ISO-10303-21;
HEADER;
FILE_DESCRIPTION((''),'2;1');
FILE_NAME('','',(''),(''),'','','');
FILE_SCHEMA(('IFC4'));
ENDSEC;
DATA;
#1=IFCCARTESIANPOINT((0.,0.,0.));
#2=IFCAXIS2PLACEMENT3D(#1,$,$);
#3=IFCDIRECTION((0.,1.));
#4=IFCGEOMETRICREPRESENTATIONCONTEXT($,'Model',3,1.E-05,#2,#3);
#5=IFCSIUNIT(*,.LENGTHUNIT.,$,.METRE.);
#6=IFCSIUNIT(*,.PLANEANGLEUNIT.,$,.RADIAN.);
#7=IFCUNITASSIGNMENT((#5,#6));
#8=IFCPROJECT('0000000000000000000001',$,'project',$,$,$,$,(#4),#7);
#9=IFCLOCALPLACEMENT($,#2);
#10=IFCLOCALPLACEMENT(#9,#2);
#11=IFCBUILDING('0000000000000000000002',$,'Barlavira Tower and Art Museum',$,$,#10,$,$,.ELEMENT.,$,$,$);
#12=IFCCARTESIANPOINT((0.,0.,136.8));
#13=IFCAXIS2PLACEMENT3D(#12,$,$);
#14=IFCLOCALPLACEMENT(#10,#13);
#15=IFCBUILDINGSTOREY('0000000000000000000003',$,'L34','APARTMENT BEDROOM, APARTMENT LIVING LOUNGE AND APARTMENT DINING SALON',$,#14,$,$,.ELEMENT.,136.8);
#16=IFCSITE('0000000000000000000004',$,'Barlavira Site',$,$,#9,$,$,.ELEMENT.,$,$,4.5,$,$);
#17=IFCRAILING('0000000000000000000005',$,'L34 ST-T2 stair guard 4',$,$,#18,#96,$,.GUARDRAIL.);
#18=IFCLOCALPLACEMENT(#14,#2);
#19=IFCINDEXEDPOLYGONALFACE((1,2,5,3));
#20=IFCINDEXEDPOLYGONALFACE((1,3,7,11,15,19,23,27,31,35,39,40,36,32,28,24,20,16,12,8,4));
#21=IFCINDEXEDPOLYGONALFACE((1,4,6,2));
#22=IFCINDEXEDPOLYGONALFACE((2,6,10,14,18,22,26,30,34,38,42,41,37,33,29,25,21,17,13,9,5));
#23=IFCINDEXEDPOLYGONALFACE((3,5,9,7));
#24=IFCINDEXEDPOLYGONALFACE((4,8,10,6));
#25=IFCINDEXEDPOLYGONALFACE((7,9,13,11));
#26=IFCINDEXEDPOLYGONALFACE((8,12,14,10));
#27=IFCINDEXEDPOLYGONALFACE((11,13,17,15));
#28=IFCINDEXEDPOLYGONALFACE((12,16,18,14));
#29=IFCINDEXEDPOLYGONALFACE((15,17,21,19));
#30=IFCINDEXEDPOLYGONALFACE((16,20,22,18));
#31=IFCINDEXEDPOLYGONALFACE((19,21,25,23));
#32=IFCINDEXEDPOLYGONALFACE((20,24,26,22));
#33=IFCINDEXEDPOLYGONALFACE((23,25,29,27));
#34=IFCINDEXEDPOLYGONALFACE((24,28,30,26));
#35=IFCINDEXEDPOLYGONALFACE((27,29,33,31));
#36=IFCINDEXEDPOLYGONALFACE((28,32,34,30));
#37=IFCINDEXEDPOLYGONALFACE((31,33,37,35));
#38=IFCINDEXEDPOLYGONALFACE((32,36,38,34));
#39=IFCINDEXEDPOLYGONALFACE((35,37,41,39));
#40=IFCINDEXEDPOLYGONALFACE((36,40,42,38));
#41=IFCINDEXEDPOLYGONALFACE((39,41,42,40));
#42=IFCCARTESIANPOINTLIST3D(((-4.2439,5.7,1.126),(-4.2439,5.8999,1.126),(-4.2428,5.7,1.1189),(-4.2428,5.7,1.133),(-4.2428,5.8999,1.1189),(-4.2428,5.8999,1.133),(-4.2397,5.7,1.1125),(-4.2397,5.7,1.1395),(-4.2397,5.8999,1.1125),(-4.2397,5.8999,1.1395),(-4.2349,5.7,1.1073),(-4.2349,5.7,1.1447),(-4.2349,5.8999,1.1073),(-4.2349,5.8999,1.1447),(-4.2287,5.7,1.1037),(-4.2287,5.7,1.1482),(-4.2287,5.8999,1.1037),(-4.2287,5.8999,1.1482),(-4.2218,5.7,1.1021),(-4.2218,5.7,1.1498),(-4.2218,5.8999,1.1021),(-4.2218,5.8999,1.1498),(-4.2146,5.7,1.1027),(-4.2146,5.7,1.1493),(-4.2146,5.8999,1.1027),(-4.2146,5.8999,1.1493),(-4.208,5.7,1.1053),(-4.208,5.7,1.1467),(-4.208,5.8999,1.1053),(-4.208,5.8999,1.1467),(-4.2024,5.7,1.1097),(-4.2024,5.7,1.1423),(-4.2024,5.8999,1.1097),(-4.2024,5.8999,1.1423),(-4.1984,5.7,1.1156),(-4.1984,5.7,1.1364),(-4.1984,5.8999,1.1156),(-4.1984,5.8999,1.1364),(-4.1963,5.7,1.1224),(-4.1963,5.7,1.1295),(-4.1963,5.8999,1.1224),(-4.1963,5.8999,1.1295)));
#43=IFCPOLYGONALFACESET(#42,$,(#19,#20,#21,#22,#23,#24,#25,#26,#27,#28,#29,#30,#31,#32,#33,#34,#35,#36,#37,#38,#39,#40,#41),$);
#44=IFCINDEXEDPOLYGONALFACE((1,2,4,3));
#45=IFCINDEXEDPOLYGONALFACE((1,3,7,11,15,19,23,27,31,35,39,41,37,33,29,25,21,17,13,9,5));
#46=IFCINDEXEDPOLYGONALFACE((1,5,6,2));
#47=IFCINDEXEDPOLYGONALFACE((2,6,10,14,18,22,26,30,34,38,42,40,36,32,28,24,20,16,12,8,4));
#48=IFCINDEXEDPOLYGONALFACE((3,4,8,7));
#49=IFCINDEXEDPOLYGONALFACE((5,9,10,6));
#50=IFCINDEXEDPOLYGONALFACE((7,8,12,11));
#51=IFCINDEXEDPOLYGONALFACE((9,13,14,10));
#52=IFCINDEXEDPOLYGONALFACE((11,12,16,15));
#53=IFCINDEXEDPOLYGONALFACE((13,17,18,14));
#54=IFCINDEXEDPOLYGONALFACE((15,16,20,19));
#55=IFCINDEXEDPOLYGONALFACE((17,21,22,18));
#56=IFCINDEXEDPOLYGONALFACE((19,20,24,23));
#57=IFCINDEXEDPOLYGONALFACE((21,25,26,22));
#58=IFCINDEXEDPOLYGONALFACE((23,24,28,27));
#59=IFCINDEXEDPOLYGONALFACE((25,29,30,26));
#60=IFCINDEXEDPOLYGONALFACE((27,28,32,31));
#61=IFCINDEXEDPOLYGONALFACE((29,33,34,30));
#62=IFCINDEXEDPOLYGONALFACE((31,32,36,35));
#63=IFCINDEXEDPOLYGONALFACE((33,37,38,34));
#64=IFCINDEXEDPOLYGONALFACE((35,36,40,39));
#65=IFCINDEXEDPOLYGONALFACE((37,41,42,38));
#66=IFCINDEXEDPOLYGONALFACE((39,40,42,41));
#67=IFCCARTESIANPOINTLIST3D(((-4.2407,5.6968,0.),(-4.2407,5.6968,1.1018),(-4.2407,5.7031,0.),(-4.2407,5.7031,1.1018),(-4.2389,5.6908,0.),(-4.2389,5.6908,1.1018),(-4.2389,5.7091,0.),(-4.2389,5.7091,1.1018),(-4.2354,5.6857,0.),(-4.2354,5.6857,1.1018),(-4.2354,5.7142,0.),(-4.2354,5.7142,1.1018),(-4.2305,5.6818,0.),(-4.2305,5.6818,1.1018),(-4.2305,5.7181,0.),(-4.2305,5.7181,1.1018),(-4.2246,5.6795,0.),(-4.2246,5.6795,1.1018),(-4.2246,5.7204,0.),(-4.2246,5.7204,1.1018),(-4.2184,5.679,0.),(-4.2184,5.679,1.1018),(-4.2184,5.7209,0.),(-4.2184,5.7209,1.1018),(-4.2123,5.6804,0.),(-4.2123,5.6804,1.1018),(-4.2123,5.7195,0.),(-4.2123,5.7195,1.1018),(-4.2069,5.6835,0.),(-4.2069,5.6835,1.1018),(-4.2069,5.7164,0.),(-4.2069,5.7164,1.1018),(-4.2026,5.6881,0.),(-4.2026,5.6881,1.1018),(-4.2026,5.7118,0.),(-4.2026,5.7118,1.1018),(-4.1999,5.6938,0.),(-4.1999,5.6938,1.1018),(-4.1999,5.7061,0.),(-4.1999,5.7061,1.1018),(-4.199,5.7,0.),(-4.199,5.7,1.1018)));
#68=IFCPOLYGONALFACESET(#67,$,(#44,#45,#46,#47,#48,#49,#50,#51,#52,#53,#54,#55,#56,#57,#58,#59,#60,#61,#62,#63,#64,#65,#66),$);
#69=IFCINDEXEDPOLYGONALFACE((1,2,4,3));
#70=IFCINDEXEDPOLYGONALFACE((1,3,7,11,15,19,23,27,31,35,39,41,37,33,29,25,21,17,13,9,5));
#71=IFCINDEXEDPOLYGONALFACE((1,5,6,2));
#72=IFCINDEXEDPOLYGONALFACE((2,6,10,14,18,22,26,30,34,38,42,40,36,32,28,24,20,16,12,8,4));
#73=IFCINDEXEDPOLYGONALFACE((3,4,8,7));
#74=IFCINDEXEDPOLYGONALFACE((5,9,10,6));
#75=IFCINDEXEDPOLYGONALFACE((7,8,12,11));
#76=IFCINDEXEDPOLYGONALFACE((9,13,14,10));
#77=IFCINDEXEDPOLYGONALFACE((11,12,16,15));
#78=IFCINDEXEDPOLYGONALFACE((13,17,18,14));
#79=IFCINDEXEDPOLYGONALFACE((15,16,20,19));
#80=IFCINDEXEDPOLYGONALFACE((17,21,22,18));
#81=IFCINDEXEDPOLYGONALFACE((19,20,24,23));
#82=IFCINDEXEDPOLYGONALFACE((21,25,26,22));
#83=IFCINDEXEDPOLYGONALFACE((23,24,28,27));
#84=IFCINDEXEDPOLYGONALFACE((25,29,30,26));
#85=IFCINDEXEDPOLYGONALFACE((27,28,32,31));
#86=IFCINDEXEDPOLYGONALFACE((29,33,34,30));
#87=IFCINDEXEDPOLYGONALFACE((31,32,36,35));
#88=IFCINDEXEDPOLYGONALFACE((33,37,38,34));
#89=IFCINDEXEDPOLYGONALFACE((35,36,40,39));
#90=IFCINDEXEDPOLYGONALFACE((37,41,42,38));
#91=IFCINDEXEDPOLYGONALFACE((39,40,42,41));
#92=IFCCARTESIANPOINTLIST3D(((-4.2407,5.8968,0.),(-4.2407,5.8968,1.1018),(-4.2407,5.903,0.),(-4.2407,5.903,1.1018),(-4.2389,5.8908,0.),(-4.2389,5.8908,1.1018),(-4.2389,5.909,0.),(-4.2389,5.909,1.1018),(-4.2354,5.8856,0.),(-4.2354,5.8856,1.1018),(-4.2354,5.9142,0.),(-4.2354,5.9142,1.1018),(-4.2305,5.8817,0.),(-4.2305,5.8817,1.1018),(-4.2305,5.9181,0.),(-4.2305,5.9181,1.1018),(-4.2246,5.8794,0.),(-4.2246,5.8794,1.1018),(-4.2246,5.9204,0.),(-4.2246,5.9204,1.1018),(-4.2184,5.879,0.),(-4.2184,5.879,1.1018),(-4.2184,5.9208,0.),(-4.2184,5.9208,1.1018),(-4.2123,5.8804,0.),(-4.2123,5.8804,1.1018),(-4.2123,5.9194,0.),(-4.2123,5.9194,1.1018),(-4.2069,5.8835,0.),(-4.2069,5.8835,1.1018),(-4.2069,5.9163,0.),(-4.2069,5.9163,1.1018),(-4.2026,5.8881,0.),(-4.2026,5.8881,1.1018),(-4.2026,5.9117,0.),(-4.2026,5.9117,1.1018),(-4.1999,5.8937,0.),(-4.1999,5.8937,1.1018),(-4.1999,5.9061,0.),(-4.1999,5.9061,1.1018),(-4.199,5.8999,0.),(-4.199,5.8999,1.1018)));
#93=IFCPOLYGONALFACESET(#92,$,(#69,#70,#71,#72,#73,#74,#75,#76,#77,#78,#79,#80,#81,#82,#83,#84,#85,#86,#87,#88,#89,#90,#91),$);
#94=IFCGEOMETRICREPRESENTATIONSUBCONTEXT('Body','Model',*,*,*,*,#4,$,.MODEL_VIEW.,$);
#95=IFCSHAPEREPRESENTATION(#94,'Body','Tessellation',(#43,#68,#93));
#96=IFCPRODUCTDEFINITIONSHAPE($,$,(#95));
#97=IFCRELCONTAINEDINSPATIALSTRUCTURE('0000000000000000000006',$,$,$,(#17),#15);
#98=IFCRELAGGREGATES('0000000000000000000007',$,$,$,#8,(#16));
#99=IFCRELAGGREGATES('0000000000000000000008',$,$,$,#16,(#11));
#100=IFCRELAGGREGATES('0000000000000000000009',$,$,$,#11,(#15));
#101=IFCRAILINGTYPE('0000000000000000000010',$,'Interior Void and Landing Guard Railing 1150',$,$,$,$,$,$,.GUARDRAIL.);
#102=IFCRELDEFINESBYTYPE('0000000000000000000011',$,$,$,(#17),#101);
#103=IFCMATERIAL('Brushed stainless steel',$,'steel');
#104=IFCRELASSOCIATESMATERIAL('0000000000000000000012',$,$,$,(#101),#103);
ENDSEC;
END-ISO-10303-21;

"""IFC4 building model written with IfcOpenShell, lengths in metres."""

from ifc_helpers import new_model, si_unit, direction, frame, origin, origin_2d, place, context, subcontext, project, spatial, circle, extrude, material, type_object, element, save


model = new_model("IFC4")

# Units and contexts
model_context = context("Model", 3, precision=1e-05, world=origin(), true_north=direction((0.0, 1.0)))
body_context = subcontext(model_context, "Body", "Model", "MODEL_VIEW")
ifc_project = project(units=[si_unit("LENGTHUNIT", "METRE"), si_unit("PLANEANGLEUNIT", "RADIAN")], contexts=[model_context])

# Site, building, storey
site_placement = place(None, origin())
site = spatial("IfcSite", under=ifc_project, at=site_placement, Name="Barlavira Site", CompositionType="ELEMENT", RefElevation=4.5)
building_placement = place(site_placement, origin())
building = spatial("IfcBuilding", under=site, at=building_placement, Name="Barlavira Tower and Art Museum", CompositionType="ELEMENT")
storey_placement = place(building_placement, frame((0.0, 0.0, 136.8)))
storey = spatial("IfcBuildingStorey", under=building, at=storey_placement, Name="L34", Description="APARTMENT BEDROOM, APARTMENT LIVING LOUNGE AND APARTMENT DINING SALON", CompositionType="ELEMENT", Elevation=136.8)

# Shared definitions
ifc_material_1 = material(Name="Brushed stainless steel", Category="steel")

# Railing
railing_type_1 = type_object("IfcRailingType", Name="Interior Void and Landing Guard Railing 1150", PredefinedType="GUARDRAIL", material=ifc_material_1)
railing_1_placement = place(storey_placement, frame((-4.22, 5.7, 0.0)))
element("IfcRailing", 1, at=railing_1_placement, inside=storey, type_object=railing_type_1, Name="L34 ST-T2 stair guard 4", PredefinedType="GUARDRAIL", context=body_context, shape_type="SweptSolid", body=[
    extrude(circle(Radius=0.0239, at=origin_2d()), frame((0.0, 0.0, 1.126), z_axis=(0.0, 1.0, 0.0), x_axis=(-1.0, 0.0, 0.0)), (0.0, 0.0, 1.0), 0.2),
    extrude(circle(Radius=0.021, at=origin_2d()), origin(), (0.0, 0.0, 1.0), 1.1018),
    extrude(circle(Radius=0.021, at=origin_2d()), frame((0.0, 0.2, 0.0)), (0.0, 0.0, 1.0), 1.1018),
])

save(model, "model.ifc")
